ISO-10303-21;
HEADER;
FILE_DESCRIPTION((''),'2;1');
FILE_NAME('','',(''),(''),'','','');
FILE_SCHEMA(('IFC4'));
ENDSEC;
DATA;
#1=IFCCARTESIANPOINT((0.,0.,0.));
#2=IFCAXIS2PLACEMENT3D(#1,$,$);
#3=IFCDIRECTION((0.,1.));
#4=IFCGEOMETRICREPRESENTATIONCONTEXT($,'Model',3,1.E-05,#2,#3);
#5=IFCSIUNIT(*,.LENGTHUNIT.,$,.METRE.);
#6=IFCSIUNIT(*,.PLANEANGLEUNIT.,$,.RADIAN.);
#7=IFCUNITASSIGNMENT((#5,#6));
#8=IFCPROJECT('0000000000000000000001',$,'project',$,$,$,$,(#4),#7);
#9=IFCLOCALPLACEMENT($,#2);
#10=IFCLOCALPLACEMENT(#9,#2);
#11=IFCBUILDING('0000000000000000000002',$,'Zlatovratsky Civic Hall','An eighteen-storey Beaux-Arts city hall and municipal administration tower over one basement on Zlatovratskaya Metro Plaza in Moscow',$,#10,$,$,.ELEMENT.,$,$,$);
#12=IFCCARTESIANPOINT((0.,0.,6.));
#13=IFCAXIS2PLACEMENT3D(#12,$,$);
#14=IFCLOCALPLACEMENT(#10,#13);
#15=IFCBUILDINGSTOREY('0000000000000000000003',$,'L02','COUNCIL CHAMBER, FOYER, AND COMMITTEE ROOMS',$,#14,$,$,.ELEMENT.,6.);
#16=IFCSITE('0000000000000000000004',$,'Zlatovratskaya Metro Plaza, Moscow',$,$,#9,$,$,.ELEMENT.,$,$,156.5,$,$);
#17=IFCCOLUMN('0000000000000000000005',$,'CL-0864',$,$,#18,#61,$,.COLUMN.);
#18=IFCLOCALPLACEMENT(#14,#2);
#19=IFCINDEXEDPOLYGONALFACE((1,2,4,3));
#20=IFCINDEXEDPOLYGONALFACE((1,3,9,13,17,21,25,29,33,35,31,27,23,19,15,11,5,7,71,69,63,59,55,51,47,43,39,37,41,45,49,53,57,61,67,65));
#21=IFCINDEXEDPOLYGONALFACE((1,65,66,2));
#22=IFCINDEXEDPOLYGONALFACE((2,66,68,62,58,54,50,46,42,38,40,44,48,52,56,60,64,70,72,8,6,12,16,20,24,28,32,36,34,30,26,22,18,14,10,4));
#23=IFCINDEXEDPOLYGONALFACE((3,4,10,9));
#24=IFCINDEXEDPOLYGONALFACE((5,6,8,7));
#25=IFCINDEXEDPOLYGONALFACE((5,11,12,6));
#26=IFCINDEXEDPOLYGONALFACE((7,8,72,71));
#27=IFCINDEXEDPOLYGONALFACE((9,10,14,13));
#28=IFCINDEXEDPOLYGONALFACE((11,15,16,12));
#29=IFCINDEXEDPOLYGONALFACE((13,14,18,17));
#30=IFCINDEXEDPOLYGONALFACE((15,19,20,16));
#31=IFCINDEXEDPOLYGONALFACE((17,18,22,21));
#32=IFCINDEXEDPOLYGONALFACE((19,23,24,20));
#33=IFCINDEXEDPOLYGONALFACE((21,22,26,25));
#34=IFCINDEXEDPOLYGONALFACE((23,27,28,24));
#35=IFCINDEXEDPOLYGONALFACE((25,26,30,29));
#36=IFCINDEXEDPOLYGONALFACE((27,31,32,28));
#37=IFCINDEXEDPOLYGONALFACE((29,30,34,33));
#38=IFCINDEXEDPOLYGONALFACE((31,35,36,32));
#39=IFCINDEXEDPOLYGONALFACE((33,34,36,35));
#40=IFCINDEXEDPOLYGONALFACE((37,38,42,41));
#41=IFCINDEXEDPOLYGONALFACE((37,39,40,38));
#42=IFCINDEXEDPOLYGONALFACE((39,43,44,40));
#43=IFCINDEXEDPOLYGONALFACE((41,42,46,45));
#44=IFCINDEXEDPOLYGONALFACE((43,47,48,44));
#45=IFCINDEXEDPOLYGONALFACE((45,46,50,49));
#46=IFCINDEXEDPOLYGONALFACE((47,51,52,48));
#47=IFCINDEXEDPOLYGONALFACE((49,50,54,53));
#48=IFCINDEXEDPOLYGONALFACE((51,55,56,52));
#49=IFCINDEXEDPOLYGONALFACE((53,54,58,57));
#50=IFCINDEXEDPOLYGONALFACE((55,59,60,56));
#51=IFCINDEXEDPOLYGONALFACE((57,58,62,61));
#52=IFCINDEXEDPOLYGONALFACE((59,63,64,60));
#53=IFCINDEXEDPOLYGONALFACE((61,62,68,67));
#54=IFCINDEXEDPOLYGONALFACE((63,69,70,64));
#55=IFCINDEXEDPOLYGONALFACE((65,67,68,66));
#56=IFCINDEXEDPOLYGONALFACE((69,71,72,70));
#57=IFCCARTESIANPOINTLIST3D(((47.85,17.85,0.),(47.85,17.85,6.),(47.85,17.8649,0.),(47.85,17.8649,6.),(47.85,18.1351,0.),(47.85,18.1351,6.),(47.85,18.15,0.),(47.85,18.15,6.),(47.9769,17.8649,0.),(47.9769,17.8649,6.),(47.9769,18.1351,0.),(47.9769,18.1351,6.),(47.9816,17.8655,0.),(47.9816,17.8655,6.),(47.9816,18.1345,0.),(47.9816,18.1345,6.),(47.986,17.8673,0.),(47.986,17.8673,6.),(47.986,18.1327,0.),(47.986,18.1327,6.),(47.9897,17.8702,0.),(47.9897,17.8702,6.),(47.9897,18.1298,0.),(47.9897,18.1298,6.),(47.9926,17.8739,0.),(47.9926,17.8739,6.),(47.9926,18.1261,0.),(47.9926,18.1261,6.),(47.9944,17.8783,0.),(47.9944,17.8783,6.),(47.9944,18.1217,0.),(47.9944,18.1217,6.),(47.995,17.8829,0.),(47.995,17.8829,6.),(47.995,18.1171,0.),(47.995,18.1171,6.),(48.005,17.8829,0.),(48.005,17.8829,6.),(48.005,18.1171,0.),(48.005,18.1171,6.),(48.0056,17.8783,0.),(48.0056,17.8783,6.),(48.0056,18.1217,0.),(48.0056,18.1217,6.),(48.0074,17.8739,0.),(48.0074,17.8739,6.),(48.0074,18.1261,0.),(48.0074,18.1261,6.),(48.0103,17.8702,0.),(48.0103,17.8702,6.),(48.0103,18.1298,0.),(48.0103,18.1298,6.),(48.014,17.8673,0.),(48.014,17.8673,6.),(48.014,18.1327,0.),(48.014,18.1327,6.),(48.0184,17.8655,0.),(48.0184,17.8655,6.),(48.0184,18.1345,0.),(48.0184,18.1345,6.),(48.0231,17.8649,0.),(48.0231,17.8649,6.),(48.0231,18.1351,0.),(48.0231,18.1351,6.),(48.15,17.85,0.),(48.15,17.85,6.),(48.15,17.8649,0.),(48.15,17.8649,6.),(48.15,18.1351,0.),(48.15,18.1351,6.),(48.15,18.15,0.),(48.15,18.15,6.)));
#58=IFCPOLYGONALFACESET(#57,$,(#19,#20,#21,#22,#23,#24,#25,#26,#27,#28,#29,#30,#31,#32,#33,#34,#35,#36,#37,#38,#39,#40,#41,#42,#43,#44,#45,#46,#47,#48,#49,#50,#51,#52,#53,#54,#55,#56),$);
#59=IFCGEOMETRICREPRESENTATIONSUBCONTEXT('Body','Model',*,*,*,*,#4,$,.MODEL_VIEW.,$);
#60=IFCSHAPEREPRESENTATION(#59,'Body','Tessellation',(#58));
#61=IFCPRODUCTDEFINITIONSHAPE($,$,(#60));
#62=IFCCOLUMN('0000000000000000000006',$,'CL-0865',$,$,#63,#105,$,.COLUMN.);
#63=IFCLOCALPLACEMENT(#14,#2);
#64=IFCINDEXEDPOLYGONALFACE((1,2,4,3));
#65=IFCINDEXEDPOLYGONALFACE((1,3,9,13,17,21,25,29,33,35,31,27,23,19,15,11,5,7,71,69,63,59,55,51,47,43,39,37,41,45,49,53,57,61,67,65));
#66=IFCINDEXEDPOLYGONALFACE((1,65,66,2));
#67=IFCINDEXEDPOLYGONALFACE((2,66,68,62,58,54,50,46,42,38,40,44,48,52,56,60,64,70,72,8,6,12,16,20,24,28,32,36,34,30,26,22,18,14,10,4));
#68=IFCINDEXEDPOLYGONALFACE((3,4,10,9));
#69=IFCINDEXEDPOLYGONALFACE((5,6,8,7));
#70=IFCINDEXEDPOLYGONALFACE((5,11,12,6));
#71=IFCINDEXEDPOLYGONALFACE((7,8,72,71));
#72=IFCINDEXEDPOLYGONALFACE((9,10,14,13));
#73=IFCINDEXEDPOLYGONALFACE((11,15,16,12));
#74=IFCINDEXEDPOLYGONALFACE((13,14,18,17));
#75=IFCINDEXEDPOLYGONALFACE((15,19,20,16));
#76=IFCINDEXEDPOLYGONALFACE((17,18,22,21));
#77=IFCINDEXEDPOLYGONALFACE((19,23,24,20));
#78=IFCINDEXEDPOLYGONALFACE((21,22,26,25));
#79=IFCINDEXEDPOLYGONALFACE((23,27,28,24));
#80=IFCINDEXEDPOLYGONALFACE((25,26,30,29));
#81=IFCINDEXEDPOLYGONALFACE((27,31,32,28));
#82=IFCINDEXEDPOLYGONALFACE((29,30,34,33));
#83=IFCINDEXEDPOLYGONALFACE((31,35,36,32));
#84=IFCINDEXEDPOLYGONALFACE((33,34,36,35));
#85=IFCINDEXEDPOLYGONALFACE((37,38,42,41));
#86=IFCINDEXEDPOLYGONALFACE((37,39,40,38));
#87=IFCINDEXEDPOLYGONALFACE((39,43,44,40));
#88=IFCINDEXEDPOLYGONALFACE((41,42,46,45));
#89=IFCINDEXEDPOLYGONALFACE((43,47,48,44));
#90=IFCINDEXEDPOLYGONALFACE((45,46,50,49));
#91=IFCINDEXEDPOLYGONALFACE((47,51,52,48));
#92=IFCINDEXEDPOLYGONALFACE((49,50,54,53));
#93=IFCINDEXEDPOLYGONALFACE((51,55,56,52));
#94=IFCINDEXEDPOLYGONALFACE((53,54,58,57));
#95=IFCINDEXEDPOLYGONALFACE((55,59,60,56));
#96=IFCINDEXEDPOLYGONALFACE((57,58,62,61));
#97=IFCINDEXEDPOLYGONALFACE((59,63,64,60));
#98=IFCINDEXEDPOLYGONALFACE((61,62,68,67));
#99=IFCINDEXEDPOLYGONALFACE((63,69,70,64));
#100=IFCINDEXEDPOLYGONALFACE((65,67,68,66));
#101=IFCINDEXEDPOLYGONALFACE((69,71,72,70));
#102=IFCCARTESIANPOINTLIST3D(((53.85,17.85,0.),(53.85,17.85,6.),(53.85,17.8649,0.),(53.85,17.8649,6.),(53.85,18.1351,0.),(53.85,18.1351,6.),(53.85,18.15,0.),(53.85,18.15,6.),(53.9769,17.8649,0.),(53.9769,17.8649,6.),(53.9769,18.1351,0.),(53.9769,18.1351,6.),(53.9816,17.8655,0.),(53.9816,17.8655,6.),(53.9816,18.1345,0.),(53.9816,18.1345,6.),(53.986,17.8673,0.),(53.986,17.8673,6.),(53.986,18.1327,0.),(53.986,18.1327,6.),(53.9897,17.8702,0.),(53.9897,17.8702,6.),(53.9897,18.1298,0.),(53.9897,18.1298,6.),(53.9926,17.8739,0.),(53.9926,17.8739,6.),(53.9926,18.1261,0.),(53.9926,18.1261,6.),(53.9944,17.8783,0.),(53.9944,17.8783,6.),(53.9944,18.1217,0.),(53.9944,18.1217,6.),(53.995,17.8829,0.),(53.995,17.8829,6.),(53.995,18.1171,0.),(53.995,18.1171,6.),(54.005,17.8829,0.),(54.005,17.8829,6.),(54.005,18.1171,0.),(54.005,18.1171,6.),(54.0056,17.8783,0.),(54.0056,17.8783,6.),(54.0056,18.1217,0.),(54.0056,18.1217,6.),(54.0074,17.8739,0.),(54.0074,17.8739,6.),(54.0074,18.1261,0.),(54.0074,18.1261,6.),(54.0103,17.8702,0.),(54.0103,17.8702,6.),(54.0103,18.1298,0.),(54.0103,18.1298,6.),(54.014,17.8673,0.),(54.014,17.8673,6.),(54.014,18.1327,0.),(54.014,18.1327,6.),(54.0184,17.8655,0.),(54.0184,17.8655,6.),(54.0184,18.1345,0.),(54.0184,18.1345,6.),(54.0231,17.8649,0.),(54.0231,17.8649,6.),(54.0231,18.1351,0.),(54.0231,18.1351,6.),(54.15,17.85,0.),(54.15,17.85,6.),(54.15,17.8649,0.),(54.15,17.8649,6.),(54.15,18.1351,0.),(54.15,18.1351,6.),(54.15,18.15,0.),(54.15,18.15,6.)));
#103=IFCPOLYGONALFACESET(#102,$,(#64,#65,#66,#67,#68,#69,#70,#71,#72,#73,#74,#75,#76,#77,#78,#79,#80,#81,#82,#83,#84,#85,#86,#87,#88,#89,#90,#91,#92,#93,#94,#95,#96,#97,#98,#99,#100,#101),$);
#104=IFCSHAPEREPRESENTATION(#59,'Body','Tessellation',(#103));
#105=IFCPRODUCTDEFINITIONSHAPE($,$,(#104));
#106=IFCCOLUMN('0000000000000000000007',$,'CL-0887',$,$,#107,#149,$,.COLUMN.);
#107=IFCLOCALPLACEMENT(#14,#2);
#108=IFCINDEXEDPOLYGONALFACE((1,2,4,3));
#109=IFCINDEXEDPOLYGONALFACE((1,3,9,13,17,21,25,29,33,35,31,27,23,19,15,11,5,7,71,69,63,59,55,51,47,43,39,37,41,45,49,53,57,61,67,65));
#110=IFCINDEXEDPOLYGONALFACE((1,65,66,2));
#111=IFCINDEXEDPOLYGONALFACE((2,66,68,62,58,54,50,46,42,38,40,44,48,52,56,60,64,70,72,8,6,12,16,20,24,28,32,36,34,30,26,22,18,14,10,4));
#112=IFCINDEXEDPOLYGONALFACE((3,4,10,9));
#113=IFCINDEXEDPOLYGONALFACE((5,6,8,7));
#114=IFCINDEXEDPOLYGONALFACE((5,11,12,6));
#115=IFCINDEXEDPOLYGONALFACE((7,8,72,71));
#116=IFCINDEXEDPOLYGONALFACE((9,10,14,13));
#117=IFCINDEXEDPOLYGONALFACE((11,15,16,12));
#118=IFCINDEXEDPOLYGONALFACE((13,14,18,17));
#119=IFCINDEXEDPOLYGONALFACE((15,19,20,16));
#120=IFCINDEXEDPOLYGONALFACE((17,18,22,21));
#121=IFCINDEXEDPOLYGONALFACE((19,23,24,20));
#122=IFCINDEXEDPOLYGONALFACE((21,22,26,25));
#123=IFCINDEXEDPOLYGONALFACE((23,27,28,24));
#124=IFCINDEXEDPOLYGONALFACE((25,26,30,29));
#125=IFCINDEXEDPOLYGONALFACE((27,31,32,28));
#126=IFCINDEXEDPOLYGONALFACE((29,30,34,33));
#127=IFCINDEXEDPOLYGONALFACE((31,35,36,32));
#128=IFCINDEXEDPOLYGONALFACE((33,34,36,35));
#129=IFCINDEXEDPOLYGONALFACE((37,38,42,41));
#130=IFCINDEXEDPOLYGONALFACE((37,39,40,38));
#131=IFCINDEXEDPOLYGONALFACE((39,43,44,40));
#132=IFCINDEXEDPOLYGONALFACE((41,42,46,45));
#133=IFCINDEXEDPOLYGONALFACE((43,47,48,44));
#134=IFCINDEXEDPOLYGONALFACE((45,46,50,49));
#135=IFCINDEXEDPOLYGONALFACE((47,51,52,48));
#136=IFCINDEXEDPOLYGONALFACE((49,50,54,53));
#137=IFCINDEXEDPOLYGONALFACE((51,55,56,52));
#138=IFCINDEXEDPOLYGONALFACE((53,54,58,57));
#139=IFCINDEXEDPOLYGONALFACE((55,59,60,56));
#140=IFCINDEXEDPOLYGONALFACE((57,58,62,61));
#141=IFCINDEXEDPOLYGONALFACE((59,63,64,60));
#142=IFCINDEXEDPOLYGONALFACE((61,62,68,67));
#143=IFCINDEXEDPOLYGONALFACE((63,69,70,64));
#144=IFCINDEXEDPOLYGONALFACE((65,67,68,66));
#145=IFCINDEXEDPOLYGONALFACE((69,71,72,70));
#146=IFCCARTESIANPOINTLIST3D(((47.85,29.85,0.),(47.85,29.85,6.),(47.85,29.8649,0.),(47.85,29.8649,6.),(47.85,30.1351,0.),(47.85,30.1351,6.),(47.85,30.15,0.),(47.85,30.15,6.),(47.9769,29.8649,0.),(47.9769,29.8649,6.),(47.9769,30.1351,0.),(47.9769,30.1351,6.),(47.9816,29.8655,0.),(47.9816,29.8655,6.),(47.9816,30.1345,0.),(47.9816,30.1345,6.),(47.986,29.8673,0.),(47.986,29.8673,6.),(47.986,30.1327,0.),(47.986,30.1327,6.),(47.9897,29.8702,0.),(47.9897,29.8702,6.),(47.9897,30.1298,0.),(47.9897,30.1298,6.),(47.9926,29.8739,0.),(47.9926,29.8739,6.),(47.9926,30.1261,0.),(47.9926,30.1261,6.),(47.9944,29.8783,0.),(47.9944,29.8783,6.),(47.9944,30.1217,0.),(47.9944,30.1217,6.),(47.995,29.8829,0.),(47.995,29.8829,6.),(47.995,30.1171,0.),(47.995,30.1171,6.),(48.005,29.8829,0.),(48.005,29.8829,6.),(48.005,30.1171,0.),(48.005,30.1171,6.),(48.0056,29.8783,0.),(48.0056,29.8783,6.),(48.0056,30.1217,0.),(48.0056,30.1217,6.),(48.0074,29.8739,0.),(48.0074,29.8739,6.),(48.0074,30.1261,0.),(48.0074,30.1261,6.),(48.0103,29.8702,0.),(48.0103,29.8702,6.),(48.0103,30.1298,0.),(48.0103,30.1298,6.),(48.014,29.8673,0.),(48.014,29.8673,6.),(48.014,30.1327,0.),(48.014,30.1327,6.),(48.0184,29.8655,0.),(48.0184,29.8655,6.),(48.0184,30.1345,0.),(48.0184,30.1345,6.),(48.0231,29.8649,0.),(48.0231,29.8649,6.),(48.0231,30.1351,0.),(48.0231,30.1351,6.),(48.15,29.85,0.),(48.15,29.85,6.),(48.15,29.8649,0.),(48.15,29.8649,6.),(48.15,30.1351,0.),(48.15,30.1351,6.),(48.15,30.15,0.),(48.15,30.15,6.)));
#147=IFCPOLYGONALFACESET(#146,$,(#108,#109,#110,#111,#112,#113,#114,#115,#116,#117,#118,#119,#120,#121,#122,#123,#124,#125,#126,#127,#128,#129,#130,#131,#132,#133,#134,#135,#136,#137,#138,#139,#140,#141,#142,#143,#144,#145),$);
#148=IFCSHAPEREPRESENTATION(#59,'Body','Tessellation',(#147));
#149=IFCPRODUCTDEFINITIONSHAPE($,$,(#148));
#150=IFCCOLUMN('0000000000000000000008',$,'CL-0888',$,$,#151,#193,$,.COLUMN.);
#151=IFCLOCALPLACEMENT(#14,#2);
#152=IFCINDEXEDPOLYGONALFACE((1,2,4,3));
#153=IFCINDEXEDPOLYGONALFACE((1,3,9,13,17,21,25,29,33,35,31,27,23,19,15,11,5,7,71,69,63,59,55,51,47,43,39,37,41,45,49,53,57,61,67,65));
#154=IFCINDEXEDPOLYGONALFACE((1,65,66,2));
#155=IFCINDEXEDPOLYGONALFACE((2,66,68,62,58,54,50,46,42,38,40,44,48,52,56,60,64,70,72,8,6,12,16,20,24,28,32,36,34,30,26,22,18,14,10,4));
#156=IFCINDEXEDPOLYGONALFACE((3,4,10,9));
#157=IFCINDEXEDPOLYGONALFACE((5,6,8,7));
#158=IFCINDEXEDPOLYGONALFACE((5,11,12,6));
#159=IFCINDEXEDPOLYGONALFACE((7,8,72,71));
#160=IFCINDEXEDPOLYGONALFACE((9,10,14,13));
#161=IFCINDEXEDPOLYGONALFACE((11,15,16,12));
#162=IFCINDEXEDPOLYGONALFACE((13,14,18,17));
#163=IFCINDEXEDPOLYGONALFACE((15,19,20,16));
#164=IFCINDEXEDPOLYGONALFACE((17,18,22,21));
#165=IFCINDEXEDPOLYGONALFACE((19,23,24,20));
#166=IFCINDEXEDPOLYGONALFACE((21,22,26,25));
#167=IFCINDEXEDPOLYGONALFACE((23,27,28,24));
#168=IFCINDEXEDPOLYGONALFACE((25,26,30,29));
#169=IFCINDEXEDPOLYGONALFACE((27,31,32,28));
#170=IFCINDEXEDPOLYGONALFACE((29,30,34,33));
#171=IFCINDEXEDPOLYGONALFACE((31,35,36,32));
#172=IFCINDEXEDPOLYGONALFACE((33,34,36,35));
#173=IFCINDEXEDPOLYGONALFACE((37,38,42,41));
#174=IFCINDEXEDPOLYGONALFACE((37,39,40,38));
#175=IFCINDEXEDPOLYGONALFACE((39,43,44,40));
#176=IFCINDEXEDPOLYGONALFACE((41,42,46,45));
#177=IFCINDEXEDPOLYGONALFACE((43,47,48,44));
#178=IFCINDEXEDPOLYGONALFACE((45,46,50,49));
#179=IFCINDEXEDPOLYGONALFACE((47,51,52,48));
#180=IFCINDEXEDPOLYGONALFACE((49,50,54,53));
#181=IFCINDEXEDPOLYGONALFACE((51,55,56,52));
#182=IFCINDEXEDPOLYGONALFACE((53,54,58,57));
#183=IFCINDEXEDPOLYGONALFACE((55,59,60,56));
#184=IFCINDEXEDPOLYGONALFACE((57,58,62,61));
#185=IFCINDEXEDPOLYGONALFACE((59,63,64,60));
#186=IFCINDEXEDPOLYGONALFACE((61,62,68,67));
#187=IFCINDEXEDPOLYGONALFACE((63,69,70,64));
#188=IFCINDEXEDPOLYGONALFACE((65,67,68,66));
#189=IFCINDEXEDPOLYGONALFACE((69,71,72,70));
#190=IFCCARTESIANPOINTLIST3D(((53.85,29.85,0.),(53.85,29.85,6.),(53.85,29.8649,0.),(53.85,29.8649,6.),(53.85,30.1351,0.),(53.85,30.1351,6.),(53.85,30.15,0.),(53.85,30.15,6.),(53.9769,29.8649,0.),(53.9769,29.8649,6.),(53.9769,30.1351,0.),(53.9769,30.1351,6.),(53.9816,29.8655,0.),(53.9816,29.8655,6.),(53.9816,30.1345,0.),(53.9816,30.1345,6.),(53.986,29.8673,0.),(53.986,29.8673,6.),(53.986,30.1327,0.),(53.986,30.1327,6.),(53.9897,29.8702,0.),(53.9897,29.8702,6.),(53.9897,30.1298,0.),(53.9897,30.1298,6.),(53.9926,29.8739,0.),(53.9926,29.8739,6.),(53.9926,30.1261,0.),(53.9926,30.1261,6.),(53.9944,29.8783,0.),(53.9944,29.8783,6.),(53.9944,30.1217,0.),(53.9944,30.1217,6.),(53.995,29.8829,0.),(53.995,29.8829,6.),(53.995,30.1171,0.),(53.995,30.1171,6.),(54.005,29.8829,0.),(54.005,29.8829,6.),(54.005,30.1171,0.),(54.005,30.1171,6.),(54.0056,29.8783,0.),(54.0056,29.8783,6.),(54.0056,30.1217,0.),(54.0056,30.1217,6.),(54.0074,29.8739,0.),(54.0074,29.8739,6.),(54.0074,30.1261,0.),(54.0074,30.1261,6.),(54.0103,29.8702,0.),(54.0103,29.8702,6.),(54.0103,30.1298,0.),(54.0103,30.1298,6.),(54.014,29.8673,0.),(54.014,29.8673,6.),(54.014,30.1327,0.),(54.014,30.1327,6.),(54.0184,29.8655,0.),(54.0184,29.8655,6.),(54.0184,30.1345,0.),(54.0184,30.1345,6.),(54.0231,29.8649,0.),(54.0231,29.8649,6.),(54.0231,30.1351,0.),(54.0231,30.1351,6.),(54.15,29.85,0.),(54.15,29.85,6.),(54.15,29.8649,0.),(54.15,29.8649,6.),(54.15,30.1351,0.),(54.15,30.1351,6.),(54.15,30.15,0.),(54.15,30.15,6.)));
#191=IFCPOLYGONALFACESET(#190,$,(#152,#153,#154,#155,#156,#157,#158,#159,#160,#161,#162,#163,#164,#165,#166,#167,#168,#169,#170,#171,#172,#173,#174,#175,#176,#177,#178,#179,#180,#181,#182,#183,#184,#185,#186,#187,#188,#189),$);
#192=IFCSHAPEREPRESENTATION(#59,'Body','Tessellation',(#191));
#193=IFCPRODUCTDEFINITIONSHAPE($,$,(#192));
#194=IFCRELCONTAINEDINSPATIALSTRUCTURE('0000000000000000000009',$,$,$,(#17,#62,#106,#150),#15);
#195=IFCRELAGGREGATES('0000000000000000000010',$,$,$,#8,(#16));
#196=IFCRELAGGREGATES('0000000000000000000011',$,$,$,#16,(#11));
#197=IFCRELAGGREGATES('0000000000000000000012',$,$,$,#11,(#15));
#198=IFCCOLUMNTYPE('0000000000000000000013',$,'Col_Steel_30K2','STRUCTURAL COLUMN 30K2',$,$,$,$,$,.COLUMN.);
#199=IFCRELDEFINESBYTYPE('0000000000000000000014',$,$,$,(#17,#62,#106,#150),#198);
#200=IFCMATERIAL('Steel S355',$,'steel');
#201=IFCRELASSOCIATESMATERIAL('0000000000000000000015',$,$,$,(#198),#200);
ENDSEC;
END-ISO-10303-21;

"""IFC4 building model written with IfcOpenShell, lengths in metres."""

from ifc_helpers import new_model, si_unit, direction, frame, origin, origin_2d, place, context, subcontext, project, spatial, i_section, extrude, material, material_profile, profile_set, type_object, element, save


model = new_model("IFC4")

# Units and contexts
model_context = context("Model", 3, precision=1e-05, world=origin(), true_north=direction((0.0, 1.0)))
body_context = subcontext(model_context, "Body", "Model", "MODEL_VIEW")
ifc_project = project(units=[si_unit("LENGTHUNIT", "METRE"), si_unit("PLANEANGLEUNIT", "RADIAN")], contexts=[model_context])

# Site, building, storey
site_placement = place(None, origin())
site = spatial("IfcSite", under=ifc_project, at=site_placement, Name="Zlatovratskaya Metro Plaza, Moscow", CompositionType="ELEMENT", RefElevation=156.5)
building_placement = place(site_placement, origin())
building = spatial("IfcBuilding", under=site, at=building_placement, Name="Zlatovratsky Civic Hall", Description="An eighteen-storey Beaux-Arts city hall and municipal administration tower over one basement on Zlatovratskaya Metro Plaza in Moscow", CompositionType="ELEMENT")
storey_placement = place(building_placement, frame((0.0, 0.0, 6.0)))
storey = spatial("IfcBuildingStorey", under=building, at=storey_placement, Name="L02", Description="COUNCIL CHAMBER, FOYER, AND COMMITTEE ROOMS", CompositionType="ELEMENT", Elevation=6.0)

# Columns
ifc_material_1 = material(Name="Steel S355", Category="steel")
ifc_material_profile_1 = material_profile(ifc_material_1, i_section(OverallWidth=0.3, OverallDepth=0.3, WebThickness=0.01, FlangeThickness=0.0149, FilletRadius=0.0181, at=origin_2d()), Name="30K2")
ifc_profile_set_1 = profile_set([ifc_material_profile_1], Name="Steel S355")
column_type = type_object("IfcColumnType", Name="Col_Steel_30K2", Description="STRUCTURAL COLUMN 30K2", PredefinedType="COLUMN", material=ifc_profile_set_1)
for number, where, z_axis, x_axis, name in (
    (1, (48.0, 18.0, 0.0), (0.0, 0.0, 1.0), (1.0, 0.0, 0.0), "CL-0864"),
    (2, (54.0, 18.0, 0.0), (0.0, 0.0, 1.0), (1.0, 0.0, 0.0), "CL-0865"),
    (3, (48.0, 30.0, 0.0), (0.0, 0.0, 1.0), (1.0, 0.0, 0.0), "CL-0887"),
    (4, (54.0, 30.0, 0.0), (0.0, 0.0, 1.0), (1.0, 0.0, 0.0), "CL-0888"),
):
    element("IfcColumn", number, at=place(storey_placement, frame(where, z_axis=z_axis, x_axis=x_axis)), inside=storey, type_object=column_type, Name=name, PredefinedType="COLUMN", context=body_context, shape_type="SweptSolid", body=[
        extrude(i_section(OverallWidth=0.3, OverallDepth=0.3, WebThickness=0.01, FlangeThickness=0.0149, FilletRadius=0.0181, at=origin_2d()), origin(), (0.0, 0.0, 1.0), 6.0),
    ])

save(model, "model.ifc")
